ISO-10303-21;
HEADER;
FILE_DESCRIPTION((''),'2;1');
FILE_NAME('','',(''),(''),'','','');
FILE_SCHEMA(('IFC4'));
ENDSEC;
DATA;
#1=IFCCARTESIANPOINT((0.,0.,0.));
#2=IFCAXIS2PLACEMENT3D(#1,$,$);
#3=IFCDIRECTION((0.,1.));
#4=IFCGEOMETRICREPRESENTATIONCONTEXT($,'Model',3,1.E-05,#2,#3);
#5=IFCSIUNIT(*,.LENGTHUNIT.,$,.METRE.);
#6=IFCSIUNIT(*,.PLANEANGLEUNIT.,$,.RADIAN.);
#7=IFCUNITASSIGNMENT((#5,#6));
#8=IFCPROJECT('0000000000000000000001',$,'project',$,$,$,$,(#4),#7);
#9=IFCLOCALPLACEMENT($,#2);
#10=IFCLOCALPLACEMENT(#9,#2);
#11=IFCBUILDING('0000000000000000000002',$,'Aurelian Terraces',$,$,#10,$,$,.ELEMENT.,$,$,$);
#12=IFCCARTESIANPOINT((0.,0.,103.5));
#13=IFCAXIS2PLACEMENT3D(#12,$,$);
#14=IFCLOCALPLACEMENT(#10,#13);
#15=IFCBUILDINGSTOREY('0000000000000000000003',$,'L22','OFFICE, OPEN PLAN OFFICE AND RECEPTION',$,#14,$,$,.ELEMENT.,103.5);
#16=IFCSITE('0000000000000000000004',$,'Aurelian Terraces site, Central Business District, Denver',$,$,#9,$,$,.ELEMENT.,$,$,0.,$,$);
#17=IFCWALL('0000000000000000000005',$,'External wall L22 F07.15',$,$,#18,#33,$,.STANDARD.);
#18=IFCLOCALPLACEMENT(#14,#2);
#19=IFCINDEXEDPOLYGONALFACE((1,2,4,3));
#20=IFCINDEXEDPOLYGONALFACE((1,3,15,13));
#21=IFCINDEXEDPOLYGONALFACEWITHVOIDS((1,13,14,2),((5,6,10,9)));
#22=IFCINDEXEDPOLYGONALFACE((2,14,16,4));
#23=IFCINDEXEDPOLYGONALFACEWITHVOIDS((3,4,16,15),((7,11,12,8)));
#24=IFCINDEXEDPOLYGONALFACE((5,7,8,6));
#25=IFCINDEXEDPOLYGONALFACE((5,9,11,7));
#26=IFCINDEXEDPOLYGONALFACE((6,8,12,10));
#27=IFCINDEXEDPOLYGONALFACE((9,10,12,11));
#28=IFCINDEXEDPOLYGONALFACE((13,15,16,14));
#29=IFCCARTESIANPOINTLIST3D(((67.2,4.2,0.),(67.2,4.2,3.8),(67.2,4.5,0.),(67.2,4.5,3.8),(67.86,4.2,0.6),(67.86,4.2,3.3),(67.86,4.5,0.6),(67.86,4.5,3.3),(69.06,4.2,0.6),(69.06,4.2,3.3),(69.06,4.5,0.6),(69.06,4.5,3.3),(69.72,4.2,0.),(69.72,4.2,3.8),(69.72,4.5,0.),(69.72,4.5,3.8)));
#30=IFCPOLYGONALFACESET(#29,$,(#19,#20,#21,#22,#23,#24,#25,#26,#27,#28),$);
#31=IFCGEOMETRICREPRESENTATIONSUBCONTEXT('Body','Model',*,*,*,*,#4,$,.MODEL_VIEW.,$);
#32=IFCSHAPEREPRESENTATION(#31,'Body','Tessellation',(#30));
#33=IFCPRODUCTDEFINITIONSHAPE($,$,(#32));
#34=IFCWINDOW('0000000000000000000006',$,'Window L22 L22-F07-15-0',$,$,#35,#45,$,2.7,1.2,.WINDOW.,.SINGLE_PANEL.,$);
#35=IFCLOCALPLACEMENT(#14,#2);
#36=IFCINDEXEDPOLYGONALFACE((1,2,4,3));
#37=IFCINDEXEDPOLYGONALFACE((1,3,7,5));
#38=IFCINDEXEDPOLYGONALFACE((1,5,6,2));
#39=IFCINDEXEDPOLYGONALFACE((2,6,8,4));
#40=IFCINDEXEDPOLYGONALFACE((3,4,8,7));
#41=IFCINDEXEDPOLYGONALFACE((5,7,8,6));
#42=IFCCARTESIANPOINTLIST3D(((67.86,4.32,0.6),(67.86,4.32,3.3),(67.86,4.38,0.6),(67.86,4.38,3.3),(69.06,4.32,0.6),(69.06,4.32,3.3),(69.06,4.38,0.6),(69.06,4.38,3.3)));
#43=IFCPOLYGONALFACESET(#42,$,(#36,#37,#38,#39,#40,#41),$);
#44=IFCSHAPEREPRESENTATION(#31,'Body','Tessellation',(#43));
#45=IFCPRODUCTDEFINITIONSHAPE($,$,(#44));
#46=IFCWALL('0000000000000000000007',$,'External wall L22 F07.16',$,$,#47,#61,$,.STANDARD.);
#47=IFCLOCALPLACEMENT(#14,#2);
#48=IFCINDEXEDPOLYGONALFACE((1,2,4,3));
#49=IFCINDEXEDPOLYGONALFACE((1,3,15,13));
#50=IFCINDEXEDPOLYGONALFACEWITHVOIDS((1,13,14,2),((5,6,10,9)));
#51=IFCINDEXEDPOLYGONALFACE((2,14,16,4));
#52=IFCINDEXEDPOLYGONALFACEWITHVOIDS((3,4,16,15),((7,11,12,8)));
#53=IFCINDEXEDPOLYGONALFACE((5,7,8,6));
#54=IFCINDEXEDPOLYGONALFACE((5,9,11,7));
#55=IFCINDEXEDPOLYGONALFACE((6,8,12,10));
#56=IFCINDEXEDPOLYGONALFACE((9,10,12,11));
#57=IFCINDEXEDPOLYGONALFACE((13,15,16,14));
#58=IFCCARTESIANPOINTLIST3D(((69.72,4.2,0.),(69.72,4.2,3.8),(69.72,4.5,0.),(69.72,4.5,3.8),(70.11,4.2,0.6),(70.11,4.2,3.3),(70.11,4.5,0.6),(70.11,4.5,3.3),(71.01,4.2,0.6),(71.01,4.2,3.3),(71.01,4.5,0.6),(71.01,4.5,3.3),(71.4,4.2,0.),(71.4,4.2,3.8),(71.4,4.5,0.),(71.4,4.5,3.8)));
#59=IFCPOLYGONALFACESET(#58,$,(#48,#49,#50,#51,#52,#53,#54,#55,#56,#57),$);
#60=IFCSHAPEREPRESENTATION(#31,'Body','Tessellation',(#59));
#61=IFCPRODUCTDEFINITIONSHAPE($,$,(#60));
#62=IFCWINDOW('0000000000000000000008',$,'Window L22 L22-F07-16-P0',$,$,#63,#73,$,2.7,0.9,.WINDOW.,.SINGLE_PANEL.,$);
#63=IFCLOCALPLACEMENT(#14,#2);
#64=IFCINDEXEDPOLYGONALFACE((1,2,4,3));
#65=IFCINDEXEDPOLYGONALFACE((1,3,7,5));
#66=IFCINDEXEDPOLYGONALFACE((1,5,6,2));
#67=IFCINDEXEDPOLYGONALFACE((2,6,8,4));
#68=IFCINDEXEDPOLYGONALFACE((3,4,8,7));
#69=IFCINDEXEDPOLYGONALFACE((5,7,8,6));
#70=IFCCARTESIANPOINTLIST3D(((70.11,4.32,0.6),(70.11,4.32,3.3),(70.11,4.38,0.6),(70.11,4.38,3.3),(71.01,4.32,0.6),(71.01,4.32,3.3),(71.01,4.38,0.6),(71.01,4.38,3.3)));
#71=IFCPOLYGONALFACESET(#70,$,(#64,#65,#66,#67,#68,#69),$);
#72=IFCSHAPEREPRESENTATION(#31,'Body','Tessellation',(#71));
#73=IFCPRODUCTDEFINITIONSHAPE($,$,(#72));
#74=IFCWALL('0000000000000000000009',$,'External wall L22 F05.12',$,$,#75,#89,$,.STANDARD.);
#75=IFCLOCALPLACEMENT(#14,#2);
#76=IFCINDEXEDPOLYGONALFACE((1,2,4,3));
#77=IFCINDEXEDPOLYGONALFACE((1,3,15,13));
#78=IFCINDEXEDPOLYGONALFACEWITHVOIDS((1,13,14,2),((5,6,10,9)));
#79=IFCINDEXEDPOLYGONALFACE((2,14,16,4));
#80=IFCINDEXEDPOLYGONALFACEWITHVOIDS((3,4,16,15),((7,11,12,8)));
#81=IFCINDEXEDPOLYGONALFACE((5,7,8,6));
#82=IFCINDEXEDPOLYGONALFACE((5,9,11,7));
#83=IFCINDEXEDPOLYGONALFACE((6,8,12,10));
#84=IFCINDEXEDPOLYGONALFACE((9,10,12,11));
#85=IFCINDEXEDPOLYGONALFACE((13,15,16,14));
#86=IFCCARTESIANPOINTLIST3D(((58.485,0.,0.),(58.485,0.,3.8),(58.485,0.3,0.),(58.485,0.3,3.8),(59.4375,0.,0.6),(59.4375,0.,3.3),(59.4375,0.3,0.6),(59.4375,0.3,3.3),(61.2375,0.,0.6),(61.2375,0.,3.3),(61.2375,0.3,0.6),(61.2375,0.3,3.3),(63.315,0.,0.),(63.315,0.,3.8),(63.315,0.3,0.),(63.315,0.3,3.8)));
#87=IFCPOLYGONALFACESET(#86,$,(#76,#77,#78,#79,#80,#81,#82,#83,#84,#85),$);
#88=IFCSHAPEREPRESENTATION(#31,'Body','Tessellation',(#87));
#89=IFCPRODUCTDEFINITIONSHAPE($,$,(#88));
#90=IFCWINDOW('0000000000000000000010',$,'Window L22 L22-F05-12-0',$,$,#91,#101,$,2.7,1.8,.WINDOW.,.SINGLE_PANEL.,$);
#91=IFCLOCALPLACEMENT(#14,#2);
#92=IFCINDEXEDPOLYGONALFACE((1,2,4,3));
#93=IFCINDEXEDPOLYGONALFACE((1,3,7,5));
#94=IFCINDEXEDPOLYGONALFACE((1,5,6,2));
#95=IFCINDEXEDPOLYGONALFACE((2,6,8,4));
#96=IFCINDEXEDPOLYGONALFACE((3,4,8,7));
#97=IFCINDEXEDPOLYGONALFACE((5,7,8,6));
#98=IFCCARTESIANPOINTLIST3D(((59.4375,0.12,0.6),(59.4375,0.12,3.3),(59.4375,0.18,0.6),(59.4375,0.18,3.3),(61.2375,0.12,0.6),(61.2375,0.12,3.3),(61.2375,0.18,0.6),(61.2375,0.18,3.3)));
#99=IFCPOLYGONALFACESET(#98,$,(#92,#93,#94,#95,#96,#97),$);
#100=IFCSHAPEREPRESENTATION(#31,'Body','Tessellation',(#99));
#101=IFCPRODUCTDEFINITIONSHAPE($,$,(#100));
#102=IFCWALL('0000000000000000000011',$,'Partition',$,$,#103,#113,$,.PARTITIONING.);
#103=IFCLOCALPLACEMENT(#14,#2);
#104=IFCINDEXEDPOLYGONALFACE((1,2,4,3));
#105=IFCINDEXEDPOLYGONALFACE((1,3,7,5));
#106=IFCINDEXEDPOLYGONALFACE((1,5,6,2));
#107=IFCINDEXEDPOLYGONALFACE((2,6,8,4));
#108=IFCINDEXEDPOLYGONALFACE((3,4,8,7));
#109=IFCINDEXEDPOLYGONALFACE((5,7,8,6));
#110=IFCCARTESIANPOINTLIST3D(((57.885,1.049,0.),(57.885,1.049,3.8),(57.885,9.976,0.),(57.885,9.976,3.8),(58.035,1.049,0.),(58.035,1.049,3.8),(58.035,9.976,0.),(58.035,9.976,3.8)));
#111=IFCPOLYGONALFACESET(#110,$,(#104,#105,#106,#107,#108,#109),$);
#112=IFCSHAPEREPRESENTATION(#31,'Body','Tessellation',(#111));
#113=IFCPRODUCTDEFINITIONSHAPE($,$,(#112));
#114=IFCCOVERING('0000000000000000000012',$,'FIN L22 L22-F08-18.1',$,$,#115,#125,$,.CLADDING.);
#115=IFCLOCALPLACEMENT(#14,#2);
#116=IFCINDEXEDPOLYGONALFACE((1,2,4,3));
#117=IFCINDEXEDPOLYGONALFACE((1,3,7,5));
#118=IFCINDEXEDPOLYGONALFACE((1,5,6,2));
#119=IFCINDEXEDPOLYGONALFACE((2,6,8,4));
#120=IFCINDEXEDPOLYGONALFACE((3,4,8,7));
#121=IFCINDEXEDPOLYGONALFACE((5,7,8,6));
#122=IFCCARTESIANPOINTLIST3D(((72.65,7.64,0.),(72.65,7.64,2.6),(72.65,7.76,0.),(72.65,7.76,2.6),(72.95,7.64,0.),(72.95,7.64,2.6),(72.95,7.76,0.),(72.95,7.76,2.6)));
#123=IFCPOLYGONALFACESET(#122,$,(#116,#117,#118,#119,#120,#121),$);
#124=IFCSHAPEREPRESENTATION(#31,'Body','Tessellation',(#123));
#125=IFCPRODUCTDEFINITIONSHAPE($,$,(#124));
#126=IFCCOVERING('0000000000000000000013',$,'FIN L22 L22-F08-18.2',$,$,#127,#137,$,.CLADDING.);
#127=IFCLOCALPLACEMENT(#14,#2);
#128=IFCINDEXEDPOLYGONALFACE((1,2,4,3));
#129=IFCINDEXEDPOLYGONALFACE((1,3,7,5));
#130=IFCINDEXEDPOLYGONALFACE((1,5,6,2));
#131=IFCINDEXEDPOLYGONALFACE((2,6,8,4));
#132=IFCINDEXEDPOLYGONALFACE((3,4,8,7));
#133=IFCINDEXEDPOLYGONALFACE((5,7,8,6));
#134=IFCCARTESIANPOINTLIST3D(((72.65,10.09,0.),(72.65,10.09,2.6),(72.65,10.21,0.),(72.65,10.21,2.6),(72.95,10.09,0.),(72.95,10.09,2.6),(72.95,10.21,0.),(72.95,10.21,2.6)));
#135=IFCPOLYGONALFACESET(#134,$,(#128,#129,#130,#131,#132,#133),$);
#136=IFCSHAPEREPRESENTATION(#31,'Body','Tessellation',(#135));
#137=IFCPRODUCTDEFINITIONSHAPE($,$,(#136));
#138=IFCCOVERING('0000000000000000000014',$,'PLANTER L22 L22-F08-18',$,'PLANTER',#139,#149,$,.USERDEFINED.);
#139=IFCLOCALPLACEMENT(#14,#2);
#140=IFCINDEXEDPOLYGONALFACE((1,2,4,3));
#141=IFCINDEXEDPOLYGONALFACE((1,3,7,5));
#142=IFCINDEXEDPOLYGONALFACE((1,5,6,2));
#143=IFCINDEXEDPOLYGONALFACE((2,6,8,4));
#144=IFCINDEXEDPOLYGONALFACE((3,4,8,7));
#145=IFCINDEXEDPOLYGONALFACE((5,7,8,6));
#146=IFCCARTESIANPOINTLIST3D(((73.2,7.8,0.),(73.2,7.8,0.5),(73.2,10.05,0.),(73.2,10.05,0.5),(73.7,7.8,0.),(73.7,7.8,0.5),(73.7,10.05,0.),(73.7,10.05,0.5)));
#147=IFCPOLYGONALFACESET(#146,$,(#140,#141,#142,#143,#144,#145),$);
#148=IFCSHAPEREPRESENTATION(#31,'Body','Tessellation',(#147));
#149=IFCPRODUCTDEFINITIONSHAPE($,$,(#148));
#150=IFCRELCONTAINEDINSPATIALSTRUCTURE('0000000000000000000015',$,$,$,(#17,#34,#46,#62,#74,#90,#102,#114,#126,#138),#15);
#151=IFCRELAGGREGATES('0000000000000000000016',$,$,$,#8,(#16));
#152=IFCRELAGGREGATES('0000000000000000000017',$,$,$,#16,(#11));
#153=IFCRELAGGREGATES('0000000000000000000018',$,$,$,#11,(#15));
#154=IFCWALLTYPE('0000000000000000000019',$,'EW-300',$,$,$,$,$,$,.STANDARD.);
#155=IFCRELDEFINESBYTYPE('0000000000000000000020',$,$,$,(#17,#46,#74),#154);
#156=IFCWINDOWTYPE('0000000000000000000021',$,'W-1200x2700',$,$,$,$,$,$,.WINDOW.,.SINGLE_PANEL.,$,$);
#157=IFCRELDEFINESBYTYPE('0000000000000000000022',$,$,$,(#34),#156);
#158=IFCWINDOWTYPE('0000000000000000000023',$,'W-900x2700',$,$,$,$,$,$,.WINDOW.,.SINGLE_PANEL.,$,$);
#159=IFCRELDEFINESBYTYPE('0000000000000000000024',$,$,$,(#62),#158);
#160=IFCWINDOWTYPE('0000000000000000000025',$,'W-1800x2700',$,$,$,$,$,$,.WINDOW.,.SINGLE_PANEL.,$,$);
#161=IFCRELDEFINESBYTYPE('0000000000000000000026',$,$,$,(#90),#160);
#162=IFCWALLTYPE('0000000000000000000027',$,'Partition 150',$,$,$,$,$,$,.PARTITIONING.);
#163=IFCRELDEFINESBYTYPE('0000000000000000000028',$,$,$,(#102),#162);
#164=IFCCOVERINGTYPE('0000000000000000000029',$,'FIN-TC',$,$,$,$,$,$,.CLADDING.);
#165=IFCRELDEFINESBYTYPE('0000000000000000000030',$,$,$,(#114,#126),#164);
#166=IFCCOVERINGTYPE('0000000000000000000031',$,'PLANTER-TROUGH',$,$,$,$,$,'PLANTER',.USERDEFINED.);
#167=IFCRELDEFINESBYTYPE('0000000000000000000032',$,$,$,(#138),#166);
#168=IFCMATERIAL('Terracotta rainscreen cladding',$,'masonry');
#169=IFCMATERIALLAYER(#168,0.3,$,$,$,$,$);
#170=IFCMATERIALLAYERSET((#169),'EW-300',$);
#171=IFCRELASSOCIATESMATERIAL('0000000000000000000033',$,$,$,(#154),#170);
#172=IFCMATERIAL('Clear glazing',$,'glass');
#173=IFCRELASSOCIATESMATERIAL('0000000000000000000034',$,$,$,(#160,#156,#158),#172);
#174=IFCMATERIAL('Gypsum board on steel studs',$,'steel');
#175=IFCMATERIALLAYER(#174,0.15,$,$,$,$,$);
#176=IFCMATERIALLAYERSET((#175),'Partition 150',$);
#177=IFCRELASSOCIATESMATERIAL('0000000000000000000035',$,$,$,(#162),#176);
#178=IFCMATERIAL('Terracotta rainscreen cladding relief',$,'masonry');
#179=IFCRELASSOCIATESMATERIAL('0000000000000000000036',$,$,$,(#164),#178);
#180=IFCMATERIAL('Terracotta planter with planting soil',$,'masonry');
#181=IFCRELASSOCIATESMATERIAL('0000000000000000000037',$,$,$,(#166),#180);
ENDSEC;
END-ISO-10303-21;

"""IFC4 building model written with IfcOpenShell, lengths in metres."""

from ifc_helpers import new_model, si_unit, direction, frame, frame_2d, origin, origin_2d, place, context, subcontext, project, spatial, rectangle, extrude, source, transform, mapped, material, layer, layer_set, type_object, element, fill, save


model = new_model("IFC4")

# Units and contexts
model_context = context("Model", 3, precision=1e-05, world=origin(), true_north=direction((0.0, 1.0)))
body_context = subcontext(model_context, "Body", "Model", "MODEL_VIEW")
ifc_project = project(units=[si_unit("LENGTHUNIT", "METRE"), si_unit("PLANEANGLEUNIT", "RADIAN")], contexts=[model_context])

# Site, building, storey
site_placement = place(None, origin())
site = spatial("IfcSite", under=ifc_project, at=site_placement, Name="Aurelian Terraces site, Central Business District, Denver", CompositionType="ELEMENT", RefElevation=0.0)
building_placement = place(site_placement, origin())
building = spatial("IfcBuilding", under=site, at=building_placement, Name="Aurelian Terraces", CompositionType="ELEMENT")
storey_placement = place(building_placement, frame((0.0, 0.0, 103.5)))
storey = spatial("IfcBuildingStorey", under=building, at=storey_placement, Name="L22", Description="OFFICE, OPEN PLAN OFFICE AND RECEPTION", CompositionType="ELEMENT", Elevation=103.5)

# Shared definitions
ifc_material_1 = material(Name="Terracotta rainscreen cladding", Category="masonry")
ifc_layer_1 = layer(ifc_material_1, 0.3)
ifc_layer_set_1 = layer_set([ifc_layer_1], Name="EW-300")
wall_type_1 = type_object("IfcWallType", Name="EW-300", PredefinedType="STANDARD", material=ifc_layer_set_1)
shared_shape_1 = source(origin(), body_context, "Body", "SweptSolid", [
    extrude(rectangle(XDim=1.8, YDim=2.7, at=frame_2d((0.9, 1.35))), frame((0.0, 0.16, 0.0), z_axis=(0.0, -1.0, 0.0), x_axis=(1.0, 0.0, 0.0)), (0.0, 0.0, 1.0), 0.32),
])
ifc_material_2 = material(Name="Clear glazing", Category="glass")
window_type_1 = type_object("IfcWindowType", Name="W-1800x2700", PartitioningType="SINGLE_PANEL", PredefinedType="WINDOW", material=ifc_material_2)
shared_shape_2 = source(origin(), body_context, "Body", "SweptSolid", [
    extrude(rectangle(XDim=1.8, YDim=2.7, at=frame_2d((0.9, 1.35))), frame((0.0, 0.03, 0.0), z_axis=(0.0, -1.0, 0.0), x_axis=(1.0, 0.0, 0.0)), (0.0, 0.0, 1.0), 0.06),
])

# Walls, openings, windows
shared_shape_3 = source(origin(), body_context, "Body", "SweptSolid", [
    extrude(rectangle(XDim=2.52, YDim=0.3, at=frame_2d((1.26, 0.0))), origin(), (0.0, 0.0, 1.0), 3.8),
])
wall_1_placement = place(storey_placement, frame((67.2, 4.35, 0.0), z_axis=(0.0, 0.0, 1.0), x_axis=(1.0, 0.0, 0.0)))
wall_1 = element("IfcWall", 1, at=wall_1_placement, inside=storey, type_object=wall_type_1, Name="External wall L22 F07.15", PredefinedType="STANDARD", context=body_context, shape_type="MappedRepresentation", body=[
    mapped(shared_shape_3, transform((0.0, 0.0, 0.0), scale=1.0)),
])
shared_shape_4 = source(origin(), body_context, "Body", "SweptSolid", [
    extrude(rectangle(XDim=1.2, YDim=2.7, at=frame_2d((0.6, 1.35))), frame((0.0, 0.16, 0.0), z_axis=(0.0, -1.0, 0.0), x_axis=(1.0, 0.0, 0.0)), (0.0, 0.0, 1.0), 0.32),
])
opening_1_placement = place(wall_1_placement, frame((0.66, 0.0, 0.6)))
opening_1 = element("IfcOpeningElement", 2, at=opening_1_placement, cuts=wall_1, PredefinedType="OPENING", context=body_context, shape_type="MappedRepresentation", body=[
    mapped(shared_shape_4, transform((0.0, 0.0, 0.0), scale=1.0)),
])
window_type_2 = type_object("IfcWindowType", Name="W-1200x2700", PartitioningType="SINGLE_PANEL", PredefinedType="WINDOW", material=ifc_material_2)
shared_shape_5 = source(origin(), body_context, "Body", "SweptSolid", [
    extrude(rectangle(XDim=1.2, YDim=2.7, at=frame_2d((0.6, 1.35))), frame((0.0, 0.03, 0.0), z_axis=(0.0, -1.0, 0.0), x_axis=(1.0, 0.0, 0.0)), (0.0, 0.0, 1.0), 0.06),
])
window_1_placement = place(opening_1_placement, origin())
window_1 = element("IfcWindow", 3, at=window_1_placement, inside=storey, type_object=window_type_2, Name="Window L22 L22-F07-15-0", OverallHeight=2.7, OverallWidth=1.2, PartitioningType="SINGLE_PANEL", PredefinedType="WINDOW", context=body_context, shape_type="MappedRepresentation", body=[
    mapped(shared_shape_5, transform((0.0, 0.0, 0.0), scale=1.0)),
])
fill(opening_1, window_1)
shared_shape_6 = source(origin(), body_context, "Body", "SweptSolid", [
    extrude(rectangle(XDim=1.68, YDim=0.3, at=frame_2d((0.84, 0.0))), origin(), (0.0, 0.0, 1.0), 3.8),
])
wall_2_placement = place(storey_placement, frame((69.72, 4.35, 0.0), z_axis=(0.0, 0.0, 1.0), x_axis=(1.0, 0.0, 0.0)))
wall_2 = element("IfcWall", 4, at=wall_2_placement, inside=storey, type_object=wall_type_1, Name="External wall L22 F07.16", PredefinedType="STANDARD", context=body_context, shape_type="MappedRepresentation", body=[
    mapped(shared_shape_6, transform((0.0, 0.0, 0.0), scale=1.0)),
])
shared_shape_7 = source(origin(), body_context, "Body", "SweptSolid", [
    extrude(rectangle(XDim=0.9, YDim=2.7, at=frame_2d((0.45, 1.35))), frame((0.0, 0.16, 0.0), z_axis=(0.0, -1.0, 0.0), x_axis=(1.0, 0.0, 0.0)), (0.0, 0.0, 1.0), 0.32),
])
opening_2_placement = place(wall_2_placement, frame((0.39, 0.0, 0.6)))
opening_2 = element("IfcOpeningElement", 5, at=opening_2_placement, cuts=wall_2, PredefinedType="OPENING", context=body_context, shape_type="MappedRepresentation", body=[
    mapped(shared_shape_7, transform((0.0, 0.0, 0.0), scale=1.0)),
])
window_type_3 = type_object("IfcWindowType", Name="W-900x2700", PartitioningType="SINGLE_PANEL", PredefinedType="WINDOW", material=ifc_material_2)
shared_shape_8 = source(origin(), body_context, "Body", "SweptSolid", [
    extrude(rectangle(XDim=0.9, YDim=2.7, at=frame_2d((0.45, 1.35))), frame((0.0, 0.03, 0.0), z_axis=(0.0, -1.0, 0.0), x_axis=(1.0, 0.0, 0.0)), (0.0, 0.0, 1.0), 0.06),
])
window_2_placement = place(opening_2_placement, origin())
window_2 = element("IfcWindow", 6, at=window_2_placement, inside=storey, type_object=window_type_3, Name="Window L22 L22-F07-16-P0", OverallHeight=2.7, OverallWidth=0.9, PartitioningType="SINGLE_PANEL", PredefinedType="WINDOW", context=body_context, shape_type="MappedRepresentation", body=[
    mapped(shared_shape_8, transform((0.0, 0.0, 0.0), scale=1.0)),
])
fill(opening_2, window_2)
shared_shape_9 = source(origin(), body_context, "Body", "SweptSolid", [
    extrude(rectangle(XDim=4.83, YDim=0.3, at=frame_2d((2.415, 0.0))), origin(), (0.0, 0.0, 1.0), 3.8),
])
wall_3_placement = place(storey_placement, frame((58.485, 0.15, 0.0), z_axis=(0.0, 0.0, 1.0), x_axis=(1.0, 0.0, 0.0)))
wall_3 = element("IfcWall", 7, at=wall_3_placement, inside=storey, type_object=wall_type_1, Name="External wall L22 F05.12", PredefinedType="STANDARD", context=body_context, shape_type="MappedRepresentation", body=[
    mapped(shared_shape_9, transform((0.0, 0.0, 0.0), scale=1.0)),
])
opening_3_placement = place(wall_3_placement, frame((0.9525, 0.0, 0.6)))
opening_3 = element("IfcOpeningElement", 8, at=opening_3_placement, cuts=wall_3, PredefinedType="OPENING", context=body_context, shape_type="MappedRepresentation", body=[
    mapped(shared_shape_1, transform((0.0, 0.0, 0.0), scale=1.0)),
])
window_3_placement = place(opening_3_placement, origin())
window_3 = element("IfcWindow", 9, at=window_3_placement, inside=storey, type_object=window_type_1, Name="Window L22 L22-F05-12-0", OverallHeight=2.7, OverallWidth=1.8, PartitioningType="SINGLE_PANEL", PredefinedType="WINDOW", context=body_context, shape_type="MappedRepresentation", body=[
    mapped(shared_shape_2, transform((0.0, 0.0, 0.0), scale=1.0)),
])
fill(opening_3, window_3)

# Wall
ifc_material_3 = material(Name="Gypsum board on steel studs", Category="steel")
ifc_layer_2 = layer(ifc_material_3, 0.15)
ifc_layer_set_2 = layer_set([ifc_layer_2], Name="Partition 150")
wall_type_2 = type_object("IfcWallType", Name="Partition 150", PredefinedType="PARTITIONING", material=ifc_layer_set_2)
shared_shape_10 = source(origin(), body_context, "Body", "SweptSolid", [
    extrude(rectangle(XDim=8.927, YDim=0.15, at=frame_2d((4.4635, 0.0))), origin(), (0.0, 0.0, 1.0), 3.8),
])
wall_4_placement = place(storey_placement, frame((57.96, 1.049, 0.0), z_axis=(0.0, 0.0, 1.0), x_axis=(0.0, 1.0, 0.0)))
element("IfcWall", 10, at=wall_4_placement, inside=storey, type_object=wall_type_2, Name="Partition", PredefinedType="PARTITIONING", context=body_context, shape_type="MappedRepresentation", body=[
    mapped(shared_shape_10, transform((0.0, 0.0, 0.0), scale=1.0)),
])

# Coverings
ifc_material_4 = material(Name="Terracotta rainscreen cladding relief", Category="masonry")
covering_type_1 = type_object("IfcCoveringType", Name="FIN-TC", PredefinedType="CLADDING", material=ifc_material_4)
shared_shape_11 = source(origin(), body_context, "Body", "SweptSolid", [
    extrude(rectangle(XDim=0.3, YDim=0.12, at=origin_2d()), origin(), (0.0, 0.0, 1.0), 2.6),
])
for number, where, z_axis, x_axis, name in (
    (11, (72.8, 7.7, 0.0), (0.0, 0.0, 1.0), (1.0, 0.0, 0.0), "FIN L22 L22-F08-18.1"),
    (12, (72.8, 10.15, 0.0), (0.0, 0.0, 1.0), (1.0, 0.0, 0.0), "FIN L22 L22-F08-18.2"),
):
    element("IfcCovering", number, at=place(storey_placement, frame(where, z_axis=z_axis, x_axis=x_axis)), inside=storey, type_object=covering_type_1, Name=name, PredefinedType="CLADDING", context=body_context, shape_type="MappedRepresentation", body=[
        mapped(shared_shape_11, transform((0.0, 0.0, 0.0), scale=1.0)),
    ])

# Covering
ifc_material_5 = material(Name="Terracotta planter with planting soil", Category="masonry")
covering_type_2 = type_object("IfcCoveringType", Name="PLANTER-TROUGH", ElementType="PLANTER", PredefinedType="USERDEFINED", material=ifc_material_5)
shared_shape_12 = source(origin(), body_context, "Body", "SweptSolid", [
    extrude(rectangle(XDim=0.5, YDim=2.25, at=origin_2d()), origin(), (0.0, 0.0, 1.0), 0.5),
])
covering_1_placement = place(storey_placement, frame((73.45, 8.925, 0.0), z_axis=(0.0, 0.0, 1.0), x_axis=(1.0, 0.0, 0.0)))
element("IfcCovering", 13, at=covering_1_placement, inside=storey, type_object=covering_type_2, Name="PLANTER L22 L22-F08-18", ObjectType="PLANTER", PredefinedType="USERDEFINED", context=body_context, shape_type="MappedRepresentation", body=[
    mapped(shared_shape_12, transform((0.0, 0.0, 0.0), scale=1.0)),
])

save(model, "model.ifc")
